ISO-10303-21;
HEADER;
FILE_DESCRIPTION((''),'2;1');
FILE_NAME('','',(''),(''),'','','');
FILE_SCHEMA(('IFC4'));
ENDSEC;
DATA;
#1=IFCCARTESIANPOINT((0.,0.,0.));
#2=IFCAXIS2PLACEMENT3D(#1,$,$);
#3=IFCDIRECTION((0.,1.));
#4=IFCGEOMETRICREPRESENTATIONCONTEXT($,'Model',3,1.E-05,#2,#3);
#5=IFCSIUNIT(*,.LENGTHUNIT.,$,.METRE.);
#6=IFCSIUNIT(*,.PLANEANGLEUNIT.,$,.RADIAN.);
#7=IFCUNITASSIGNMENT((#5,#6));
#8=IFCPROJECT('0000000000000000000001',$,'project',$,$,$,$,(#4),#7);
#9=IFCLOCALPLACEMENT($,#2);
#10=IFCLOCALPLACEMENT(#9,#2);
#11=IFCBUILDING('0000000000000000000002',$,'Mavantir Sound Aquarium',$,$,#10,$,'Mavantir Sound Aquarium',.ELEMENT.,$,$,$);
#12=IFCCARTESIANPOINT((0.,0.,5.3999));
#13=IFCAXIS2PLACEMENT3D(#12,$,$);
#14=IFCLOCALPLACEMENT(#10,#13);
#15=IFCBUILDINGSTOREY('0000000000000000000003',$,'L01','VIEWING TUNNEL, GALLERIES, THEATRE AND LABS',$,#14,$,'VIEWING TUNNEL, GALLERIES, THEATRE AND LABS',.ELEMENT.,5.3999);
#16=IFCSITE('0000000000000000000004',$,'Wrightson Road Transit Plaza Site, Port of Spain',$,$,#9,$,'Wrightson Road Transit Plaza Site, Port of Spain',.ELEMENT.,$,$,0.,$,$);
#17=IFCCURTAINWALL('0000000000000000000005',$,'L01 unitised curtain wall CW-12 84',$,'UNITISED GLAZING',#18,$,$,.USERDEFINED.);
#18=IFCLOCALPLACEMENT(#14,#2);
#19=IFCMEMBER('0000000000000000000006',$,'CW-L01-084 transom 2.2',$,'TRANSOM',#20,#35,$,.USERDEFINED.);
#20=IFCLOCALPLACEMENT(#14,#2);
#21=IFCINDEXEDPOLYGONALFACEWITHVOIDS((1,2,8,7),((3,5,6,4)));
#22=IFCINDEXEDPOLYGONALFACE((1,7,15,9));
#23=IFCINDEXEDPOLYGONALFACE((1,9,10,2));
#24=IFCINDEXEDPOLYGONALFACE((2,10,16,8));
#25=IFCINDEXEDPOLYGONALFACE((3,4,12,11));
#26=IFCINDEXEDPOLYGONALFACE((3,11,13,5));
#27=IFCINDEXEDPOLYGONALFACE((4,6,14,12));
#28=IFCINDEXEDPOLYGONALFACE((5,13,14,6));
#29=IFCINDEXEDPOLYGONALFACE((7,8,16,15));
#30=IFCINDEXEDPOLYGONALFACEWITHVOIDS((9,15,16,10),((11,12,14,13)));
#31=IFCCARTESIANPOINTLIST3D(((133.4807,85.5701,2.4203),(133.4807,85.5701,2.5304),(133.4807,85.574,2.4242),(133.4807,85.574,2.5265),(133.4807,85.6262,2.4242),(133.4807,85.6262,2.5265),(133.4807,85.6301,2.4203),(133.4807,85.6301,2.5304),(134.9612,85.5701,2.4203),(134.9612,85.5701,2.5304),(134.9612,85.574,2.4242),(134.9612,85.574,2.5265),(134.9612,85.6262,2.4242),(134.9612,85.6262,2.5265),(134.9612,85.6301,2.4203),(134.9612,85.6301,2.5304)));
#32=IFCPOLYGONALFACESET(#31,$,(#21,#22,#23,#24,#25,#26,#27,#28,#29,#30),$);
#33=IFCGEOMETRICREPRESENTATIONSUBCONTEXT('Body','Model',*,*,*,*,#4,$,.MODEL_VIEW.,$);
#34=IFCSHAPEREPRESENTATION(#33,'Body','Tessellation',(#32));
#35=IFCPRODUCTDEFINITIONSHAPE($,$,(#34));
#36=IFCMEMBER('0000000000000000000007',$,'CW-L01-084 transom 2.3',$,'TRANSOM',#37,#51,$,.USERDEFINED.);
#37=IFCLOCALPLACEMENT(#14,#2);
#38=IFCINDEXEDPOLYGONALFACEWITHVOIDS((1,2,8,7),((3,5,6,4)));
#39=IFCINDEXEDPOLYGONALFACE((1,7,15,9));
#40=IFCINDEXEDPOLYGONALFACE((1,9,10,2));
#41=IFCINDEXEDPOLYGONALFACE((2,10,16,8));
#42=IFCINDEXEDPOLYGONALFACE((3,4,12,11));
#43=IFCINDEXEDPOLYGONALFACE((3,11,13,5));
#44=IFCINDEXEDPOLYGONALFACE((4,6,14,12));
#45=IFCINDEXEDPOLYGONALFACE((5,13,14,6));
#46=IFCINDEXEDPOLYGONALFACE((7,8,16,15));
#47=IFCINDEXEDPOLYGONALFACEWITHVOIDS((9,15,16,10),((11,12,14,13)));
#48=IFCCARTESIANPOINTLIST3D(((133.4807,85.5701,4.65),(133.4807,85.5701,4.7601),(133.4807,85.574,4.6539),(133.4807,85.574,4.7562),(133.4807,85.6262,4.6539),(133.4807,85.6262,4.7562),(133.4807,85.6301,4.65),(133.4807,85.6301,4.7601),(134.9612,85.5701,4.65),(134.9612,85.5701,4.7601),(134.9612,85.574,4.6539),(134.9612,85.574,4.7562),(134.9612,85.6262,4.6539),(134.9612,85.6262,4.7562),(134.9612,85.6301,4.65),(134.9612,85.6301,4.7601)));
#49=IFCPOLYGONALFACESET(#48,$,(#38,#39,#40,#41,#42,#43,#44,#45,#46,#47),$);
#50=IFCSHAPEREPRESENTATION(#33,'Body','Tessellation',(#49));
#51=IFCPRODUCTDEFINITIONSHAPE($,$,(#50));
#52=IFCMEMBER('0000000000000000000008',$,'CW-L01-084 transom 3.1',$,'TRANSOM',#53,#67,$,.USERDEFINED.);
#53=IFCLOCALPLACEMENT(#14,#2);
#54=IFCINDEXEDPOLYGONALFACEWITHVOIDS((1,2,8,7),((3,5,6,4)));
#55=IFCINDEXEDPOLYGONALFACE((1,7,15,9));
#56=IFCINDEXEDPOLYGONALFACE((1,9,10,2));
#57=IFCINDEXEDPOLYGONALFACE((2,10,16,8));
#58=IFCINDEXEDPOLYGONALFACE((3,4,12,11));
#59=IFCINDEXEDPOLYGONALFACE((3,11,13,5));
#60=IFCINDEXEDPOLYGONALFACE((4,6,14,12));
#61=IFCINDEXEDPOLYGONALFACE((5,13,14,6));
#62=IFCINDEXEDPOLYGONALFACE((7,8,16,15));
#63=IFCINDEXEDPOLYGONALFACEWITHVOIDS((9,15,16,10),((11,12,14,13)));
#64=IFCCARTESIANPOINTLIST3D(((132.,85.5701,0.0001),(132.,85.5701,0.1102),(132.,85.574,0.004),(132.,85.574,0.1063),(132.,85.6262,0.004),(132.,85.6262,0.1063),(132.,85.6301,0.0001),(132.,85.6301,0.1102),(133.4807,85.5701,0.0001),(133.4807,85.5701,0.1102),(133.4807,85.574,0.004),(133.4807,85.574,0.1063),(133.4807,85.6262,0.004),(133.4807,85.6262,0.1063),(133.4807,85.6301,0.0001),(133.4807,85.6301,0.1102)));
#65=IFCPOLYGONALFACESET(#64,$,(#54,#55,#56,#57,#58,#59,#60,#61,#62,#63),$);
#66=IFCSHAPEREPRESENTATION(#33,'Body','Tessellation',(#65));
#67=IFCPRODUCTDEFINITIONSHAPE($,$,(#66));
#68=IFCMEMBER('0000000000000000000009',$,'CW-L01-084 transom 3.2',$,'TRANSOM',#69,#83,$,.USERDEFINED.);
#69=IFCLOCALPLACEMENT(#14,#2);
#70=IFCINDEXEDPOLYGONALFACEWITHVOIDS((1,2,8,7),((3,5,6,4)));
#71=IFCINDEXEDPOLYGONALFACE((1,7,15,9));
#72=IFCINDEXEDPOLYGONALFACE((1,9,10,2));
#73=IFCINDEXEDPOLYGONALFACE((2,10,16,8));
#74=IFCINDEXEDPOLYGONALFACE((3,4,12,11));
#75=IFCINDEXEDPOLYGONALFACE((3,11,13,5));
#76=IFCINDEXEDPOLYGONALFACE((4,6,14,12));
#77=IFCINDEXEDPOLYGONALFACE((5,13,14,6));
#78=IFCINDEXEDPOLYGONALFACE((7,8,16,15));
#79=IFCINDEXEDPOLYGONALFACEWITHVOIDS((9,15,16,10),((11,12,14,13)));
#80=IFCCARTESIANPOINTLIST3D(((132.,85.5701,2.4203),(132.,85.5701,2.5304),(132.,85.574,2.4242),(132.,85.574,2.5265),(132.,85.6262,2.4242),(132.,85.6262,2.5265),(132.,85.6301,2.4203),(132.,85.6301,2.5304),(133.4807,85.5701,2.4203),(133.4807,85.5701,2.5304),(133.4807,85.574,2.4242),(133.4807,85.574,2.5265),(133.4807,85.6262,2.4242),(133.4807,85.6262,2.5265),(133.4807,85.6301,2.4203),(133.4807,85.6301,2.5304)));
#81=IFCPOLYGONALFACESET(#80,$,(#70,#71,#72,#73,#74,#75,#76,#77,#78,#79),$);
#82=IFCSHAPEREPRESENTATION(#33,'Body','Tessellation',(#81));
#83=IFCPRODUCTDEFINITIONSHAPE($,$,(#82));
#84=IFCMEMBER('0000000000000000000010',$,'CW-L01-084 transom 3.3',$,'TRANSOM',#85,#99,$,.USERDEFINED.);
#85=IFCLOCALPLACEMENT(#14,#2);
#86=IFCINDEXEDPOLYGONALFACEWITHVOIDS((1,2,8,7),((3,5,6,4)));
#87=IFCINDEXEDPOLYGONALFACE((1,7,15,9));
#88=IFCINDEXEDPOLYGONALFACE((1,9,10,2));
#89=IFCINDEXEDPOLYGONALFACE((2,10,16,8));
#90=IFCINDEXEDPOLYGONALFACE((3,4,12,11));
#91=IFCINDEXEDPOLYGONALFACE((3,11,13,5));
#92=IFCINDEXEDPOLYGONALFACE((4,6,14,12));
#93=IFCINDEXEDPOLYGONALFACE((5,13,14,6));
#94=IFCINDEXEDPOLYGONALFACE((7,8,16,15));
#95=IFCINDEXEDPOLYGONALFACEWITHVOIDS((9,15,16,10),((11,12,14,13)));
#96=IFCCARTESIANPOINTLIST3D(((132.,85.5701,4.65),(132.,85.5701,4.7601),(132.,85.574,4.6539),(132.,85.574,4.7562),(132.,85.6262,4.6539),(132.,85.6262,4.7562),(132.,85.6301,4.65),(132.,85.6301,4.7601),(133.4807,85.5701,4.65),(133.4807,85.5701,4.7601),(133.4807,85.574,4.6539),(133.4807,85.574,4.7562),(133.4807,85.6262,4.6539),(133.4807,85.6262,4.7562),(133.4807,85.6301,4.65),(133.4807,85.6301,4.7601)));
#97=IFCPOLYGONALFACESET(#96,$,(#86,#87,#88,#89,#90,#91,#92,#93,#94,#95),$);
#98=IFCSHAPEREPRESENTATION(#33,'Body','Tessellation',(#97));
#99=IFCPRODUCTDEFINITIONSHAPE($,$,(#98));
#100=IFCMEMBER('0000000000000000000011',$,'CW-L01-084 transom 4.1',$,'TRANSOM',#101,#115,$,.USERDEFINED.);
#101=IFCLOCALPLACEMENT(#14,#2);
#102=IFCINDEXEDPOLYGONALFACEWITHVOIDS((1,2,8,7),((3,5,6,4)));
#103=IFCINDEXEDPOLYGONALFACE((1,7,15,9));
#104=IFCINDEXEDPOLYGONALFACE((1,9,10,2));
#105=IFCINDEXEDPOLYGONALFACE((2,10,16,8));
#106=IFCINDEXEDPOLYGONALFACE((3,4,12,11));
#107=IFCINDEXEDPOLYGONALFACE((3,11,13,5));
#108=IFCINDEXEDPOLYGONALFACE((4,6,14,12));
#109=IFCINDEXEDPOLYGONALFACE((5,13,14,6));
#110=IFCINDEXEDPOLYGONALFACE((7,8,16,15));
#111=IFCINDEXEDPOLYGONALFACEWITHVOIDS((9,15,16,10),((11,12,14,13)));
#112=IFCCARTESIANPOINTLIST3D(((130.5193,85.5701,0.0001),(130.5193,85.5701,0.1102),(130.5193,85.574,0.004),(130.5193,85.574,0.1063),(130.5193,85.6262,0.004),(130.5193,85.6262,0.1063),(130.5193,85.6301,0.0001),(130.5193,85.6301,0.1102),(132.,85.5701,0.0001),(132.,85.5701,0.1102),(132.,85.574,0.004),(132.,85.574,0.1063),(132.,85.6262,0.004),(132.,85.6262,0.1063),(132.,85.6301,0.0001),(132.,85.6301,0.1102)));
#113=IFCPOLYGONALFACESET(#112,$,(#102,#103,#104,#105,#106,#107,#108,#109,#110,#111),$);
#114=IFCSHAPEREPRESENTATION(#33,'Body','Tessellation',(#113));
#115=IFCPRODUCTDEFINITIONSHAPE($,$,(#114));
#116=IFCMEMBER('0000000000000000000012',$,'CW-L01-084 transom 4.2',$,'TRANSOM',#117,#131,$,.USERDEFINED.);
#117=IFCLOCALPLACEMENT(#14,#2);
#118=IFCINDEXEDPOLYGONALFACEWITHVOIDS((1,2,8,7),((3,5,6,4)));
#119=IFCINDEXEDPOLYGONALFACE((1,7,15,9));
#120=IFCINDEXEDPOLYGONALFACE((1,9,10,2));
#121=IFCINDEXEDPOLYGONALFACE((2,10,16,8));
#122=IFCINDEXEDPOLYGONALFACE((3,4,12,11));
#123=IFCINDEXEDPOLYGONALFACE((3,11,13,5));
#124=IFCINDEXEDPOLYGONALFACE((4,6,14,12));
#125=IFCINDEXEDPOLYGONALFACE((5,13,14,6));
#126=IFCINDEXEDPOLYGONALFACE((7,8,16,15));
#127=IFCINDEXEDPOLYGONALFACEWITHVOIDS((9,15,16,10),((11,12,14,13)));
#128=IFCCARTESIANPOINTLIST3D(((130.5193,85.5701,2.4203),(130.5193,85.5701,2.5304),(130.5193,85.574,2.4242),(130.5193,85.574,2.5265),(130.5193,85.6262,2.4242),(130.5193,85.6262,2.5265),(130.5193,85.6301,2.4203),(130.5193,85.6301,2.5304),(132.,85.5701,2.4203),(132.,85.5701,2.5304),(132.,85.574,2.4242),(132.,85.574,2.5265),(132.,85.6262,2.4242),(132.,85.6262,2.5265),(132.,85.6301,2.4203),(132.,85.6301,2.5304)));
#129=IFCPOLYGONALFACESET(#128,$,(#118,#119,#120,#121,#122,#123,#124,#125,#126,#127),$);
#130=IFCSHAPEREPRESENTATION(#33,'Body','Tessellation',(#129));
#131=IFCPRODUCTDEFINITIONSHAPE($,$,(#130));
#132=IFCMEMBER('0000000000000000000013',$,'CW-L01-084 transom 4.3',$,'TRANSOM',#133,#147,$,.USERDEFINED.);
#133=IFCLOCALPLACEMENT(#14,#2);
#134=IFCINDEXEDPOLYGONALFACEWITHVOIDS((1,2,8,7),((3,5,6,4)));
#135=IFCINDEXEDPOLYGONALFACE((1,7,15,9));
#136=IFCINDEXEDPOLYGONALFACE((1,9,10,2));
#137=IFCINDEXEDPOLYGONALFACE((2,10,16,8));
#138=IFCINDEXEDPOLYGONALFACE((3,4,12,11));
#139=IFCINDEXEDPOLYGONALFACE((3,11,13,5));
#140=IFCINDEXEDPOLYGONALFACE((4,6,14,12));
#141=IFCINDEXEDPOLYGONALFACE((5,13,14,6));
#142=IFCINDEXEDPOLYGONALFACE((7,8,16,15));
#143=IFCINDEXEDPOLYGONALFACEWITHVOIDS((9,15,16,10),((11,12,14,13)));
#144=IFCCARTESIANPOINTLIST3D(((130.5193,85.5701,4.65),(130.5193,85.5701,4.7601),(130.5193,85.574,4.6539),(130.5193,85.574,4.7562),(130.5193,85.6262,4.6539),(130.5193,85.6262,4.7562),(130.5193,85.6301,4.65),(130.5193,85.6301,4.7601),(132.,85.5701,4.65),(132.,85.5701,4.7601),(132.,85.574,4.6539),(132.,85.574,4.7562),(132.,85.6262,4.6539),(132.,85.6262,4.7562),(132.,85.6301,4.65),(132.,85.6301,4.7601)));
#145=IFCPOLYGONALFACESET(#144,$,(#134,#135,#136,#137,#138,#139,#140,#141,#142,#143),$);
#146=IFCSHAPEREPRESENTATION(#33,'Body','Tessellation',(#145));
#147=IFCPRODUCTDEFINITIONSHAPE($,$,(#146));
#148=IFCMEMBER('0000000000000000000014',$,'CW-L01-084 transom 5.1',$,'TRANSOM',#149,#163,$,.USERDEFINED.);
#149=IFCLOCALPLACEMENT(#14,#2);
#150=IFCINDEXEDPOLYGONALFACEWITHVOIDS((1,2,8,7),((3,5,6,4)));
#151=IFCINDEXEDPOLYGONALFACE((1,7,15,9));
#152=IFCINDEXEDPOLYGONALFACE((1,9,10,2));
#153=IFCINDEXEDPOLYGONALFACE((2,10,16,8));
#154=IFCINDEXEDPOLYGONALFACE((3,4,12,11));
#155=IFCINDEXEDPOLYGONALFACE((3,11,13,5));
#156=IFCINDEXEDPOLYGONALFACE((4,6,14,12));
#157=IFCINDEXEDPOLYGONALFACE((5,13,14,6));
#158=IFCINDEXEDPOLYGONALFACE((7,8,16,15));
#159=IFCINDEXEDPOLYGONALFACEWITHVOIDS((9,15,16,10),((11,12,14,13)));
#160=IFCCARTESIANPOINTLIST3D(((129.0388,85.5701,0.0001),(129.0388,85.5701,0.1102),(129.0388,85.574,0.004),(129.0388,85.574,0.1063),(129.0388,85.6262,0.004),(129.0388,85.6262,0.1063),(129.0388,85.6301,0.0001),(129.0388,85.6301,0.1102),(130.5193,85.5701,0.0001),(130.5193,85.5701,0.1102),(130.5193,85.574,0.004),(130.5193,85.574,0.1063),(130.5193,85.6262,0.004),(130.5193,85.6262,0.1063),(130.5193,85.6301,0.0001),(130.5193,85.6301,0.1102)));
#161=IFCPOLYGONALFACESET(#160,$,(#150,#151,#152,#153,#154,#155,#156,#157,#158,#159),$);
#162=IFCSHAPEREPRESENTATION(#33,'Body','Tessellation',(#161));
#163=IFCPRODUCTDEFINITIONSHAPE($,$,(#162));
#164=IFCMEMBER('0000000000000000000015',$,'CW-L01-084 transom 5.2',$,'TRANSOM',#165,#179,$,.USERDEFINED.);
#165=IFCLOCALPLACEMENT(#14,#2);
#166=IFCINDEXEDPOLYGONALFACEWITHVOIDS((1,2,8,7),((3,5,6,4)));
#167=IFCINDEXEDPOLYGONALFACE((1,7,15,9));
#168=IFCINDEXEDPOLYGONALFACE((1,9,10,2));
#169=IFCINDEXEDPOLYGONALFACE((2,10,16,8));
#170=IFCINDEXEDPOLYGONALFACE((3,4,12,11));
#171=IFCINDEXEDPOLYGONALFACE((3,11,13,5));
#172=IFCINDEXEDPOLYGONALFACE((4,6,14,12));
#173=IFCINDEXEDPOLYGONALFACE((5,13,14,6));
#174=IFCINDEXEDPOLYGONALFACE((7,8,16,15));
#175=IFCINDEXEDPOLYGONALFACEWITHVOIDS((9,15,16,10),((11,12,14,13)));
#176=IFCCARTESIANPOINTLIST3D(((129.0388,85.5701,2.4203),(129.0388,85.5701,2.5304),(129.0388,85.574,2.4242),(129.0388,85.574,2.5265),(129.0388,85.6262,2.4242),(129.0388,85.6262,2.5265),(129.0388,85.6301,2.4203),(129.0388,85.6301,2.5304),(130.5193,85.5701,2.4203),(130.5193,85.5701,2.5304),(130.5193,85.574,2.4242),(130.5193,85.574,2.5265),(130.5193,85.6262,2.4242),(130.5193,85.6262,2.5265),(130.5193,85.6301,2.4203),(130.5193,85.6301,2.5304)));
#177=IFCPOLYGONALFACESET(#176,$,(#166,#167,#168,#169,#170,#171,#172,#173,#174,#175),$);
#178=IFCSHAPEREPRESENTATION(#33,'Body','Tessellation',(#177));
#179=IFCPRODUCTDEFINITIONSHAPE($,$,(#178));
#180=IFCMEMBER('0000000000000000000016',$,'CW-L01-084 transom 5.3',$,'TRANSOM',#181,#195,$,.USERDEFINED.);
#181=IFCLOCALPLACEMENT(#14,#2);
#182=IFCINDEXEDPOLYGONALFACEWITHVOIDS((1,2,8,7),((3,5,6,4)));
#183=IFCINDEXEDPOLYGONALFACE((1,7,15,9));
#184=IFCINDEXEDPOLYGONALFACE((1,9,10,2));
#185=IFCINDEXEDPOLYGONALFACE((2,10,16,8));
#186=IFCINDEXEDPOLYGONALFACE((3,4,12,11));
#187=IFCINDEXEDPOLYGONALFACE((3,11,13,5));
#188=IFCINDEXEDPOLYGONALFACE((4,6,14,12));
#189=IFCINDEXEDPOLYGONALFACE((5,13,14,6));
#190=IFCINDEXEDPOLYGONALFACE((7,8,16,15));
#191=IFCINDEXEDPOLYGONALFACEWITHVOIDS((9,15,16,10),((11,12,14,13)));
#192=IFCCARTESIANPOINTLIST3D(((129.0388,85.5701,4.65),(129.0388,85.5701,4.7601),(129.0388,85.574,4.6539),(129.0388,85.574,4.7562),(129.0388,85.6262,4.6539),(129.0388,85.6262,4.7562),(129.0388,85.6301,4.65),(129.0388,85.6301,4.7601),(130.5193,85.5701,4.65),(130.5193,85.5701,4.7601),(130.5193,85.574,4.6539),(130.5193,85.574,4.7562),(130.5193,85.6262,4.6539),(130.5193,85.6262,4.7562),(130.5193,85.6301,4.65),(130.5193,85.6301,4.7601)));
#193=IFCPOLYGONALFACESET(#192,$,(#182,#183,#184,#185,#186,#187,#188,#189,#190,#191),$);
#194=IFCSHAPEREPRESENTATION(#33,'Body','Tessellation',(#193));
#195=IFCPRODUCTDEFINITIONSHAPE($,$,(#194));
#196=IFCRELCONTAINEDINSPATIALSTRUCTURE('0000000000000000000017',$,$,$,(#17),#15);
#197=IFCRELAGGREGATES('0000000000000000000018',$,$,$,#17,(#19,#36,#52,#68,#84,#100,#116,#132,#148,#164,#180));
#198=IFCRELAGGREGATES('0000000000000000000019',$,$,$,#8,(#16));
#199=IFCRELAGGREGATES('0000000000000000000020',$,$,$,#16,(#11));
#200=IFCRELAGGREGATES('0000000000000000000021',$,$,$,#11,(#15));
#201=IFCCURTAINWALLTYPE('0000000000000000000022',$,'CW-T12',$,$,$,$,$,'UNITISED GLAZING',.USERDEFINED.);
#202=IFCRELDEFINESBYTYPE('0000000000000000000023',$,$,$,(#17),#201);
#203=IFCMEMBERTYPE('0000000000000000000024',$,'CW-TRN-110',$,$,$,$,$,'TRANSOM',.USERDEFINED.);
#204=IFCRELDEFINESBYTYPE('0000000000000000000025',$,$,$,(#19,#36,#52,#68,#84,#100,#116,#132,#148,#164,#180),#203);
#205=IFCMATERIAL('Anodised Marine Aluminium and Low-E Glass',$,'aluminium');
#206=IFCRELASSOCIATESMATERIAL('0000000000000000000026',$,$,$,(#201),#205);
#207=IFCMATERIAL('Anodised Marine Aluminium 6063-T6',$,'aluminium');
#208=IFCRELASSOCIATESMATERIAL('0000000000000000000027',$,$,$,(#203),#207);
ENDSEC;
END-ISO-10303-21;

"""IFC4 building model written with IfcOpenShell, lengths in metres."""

from ifc_helpers import new_model, si_unit, direction, frame, origin, origin_2d, place, context, subcontext, project, spatial, hollow_rectangle, extrude, material, material_profile, profile_set, type_object, element, aggregate, save


model = new_model("IFC4")

# Units and contexts
model_context = context("Model", 3, precision=1e-05, world=origin(), true_north=direction((0.0, 1.0)))
body_context = subcontext(model_context, "Body", "Model", "MODEL_VIEW")
ifc_project = project(units=[si_unit("LENGTHUNIT", "METRE"), si_unit("PLANEANGLEUNIT", "RADIAN")], contexts=[model_context])

# Site, building, storey
site_placement = place(None, origin())
site = spatial("IfcSite", under=ifc_project, at=site_placement, Name="Wrightson Road Transit Plaza Site, Port of Spain", LongName="Wrightson Road Transit Plaza Site, Port of Spain", CompositionType="ELEMENT", RefElevation=0.0)
building_placement = place(site_placement, origin())
building = spatial("IfcBuilding", under=site, at=building_placement, Name="Mavantir Sound Aquarium", LongName="Mavantir Sound Aquarium", CompositionType="ELEMENT")
storey_placement = place(building_placement, frame((0.0, 0.0, 5.3999)))
storey = spatial("IfcBuildingStorey", under=building, at=storey_placement, Name="L01", Description="VIEWING TUNNEL, GALLERIES, THEATRE AND LABS", LongName="VIEWING TUNNEL, GALLERIES, THEATRE AND LABS", CompositionType="ELEMENT", Elevation=5.3999)

# Shared definitions
ifc_material_1 = material(Name="Anodised Marine Aluminium and Low-E Glass", Category="aluminium")
ifc_material_2 = material(Name="Anodised Marine Aluminium 6063-T6", Category="aluminium")

# Curtain wall, members
curtain_wall_type_1 = type_object("IfcCurtainWallType", Name="CW-T12", ElementType="UNITISED GLAZING", PredefinedType="USERDEFINED", material=ifc_material_1)
curtain_wall_1_placement = place(storey_placement, origin())
curtain_wall_1 = element("IfcCurtainWall", 1, at=curtain_wall_1_placement, inside=storey, type_object=curtain_wall_type_1, Name="L01 unitised curtain wall CW-12 84", ObjectType="UNITISED GLAZING", PredefinedType="USERDEFINED")
ifc_material_profile_1 = material_profile(ifc_material_2, hollow_rectangle(XDim=0.0601, YDim=0.1101, WallThickness=0.0039, at=origin_2d()), Name="ALU-TRANSOM-110X60")
ifc_profile_set_1 = profile_set([ifc_material_profile_1], Name="Anodised Marine Aluminium 6063-T6")
member_type_1 = type_object("IfcMemberType", Name="CW-TRN-110", ElementType="TRANSOM", PredefinedType="USERDEFINED", material=ifc_profile_set_1)
member_1_placement = place(storey_placement, frame((134.9612, 85.6001, 2.4753), z_axis=(-1.0, 0.0, 0.0), x_axis=(0.0, -1.0, 0.0)))
member_1 = element("IfcMember", 2, at=member_1_placement, type_object=member_type_1, Name="CW-L01-084 transom 2.2", ObjectType="TRANSOM", PredefinedType="USERDEFINED", context=body_context, shape_type="SweptSolid", body=[
    extrude(hollow_rectangle(XDim=0.0601, YDim=0.1101, WallThickness=0.0039, at=origin_2d()), origin(), (0.0, 0.0, 1.0), 1.4805),
])
member_2_placement = place(storey_placement, frame((134.9612, 85.6001, 4.7051), z_axis=(-1.0, 0.0, 0.0), x_axis=(0.0, -1.0, 0.0)))
member_2 = element("IfcMember", 3, at=member_2_placement, type_object=member_type_1, Name="CW-L01-084 transom 2.3", ObjectType="TRANSOM", PredefinedType="USERDEFINED", context=body_context, shape_type="SweptSolid", body=[
    extrude(hollow_rectangle(XDim=0.0601, YDim=0.1101, WallThickness=0.0039, at=origin_2d()), origin(), (0.0, 0.0, 1.0), 1.4805),
])
member_3_placement = place(storey_placement, frame((133.4807, 85.6001, 0.0552), z_axis=(-1.0, 0.0, 0.0), x_axis=(0.0, -1.0, 0.0)))
member_3 = element("IfcMember", 4, at=member_3_placement, type_object=member_type_1, Name="CW-L01-084 transom 3.1", ObjectType="TRANSOM", PredefinedType="USERDEFINED", context=body_context, shape_type="SweptSolid", body=[
    extrude(hollow_rectangle(XDim=0.0601, YDim=0.1101, WallThickness=0.0039, at=origin_2d()), origin(), (0.0, 0.0, 1.0), 1.4807),
])
member_4_placement = place(storey_placement, frame((133.4807, 85.6001, 2.4753), z_axis=(-1.0, 0.0, 0.0), x_axis=(0.0, -1.0, 0.0)))
member_4 = element("IfcMember", 5, at=member_4_placement, type_object=member_type_1, Name="CW-L01-084 transom 3.2", ObjectType="TRANSOM", PredefinedType="USERDEFINED", context=body_context, shape_type="SweptSolid", body=[
    extrude(hollow_rectangle(XDim=0.0601, YDim=0.1101, WallThickness=0.0039, at=origin_2d()), origin(), (0.0, 0.0, 1.0), 1.4807),
])
member_5_placement = place(storey_placement, frame((133.4807, 85.6001, 4.7051), z_axis=(-1.0, 0.0, 0.0), x_axis=(0.0, -1.0, 0.0)))
member_5 = element("IfcMember", 6, at=member_5_placement, type_object=member_type_1, Name="CW-L01-084 transom 3.3", ObjectType="TRANSOM", PredefinedType="USERDEFINED", context=body_context, shape_type="SweptSolid", body=[
    extrude(hollow_rectangle(XDim=0.0601, YDim=0.1101, WallThickness=0.0039, at=origin_2d()), origin(), (0.0, 0.0, 1.0), 1.4807),
])
member_6_placement = place(storey_placement, frame((132.0, 85.6001, 0.0552), z_axis=(-1.0, 0.0, 0.0), x_axis=(0.0, -1.0, 0.0)))
member_6 = element("IfcMember", 7, at=member_6_placement, type_object=member_type_1, Name="CW-L01-084 transom 4.1", ObjectType="TRANSOM", PredefinedType="USERDEFINED", context=body_context, shape_type="SweptSolid", body=[
    extrude(hollow_rectangle(XDim=0.0601, YDim=0.1101, WallThickness=0.0039, at=origin_2d()), origin(), (0.0, 0.0, 1.0), 1.4807),
])
member_7_placement = place(storey_placement, frame((132.0, 85.6001, 2.4753), z_axis=(-1.0, 0.0, 0.0), x_axis=(0.0, -1.0, 0.0)))
member_7 = element("IfcMember", 8, at=member_7_placement, type_object=member_type_1, Name="CW-L01-084 transom 4.2", ObjectType="TRANSOM", PredefinedType="USERDEFINED", context=body_context, shape_type="SweptSolid", body=[
    extrude(hollow_rectangle(XDim=0.0601, YDim=0.1101, WallThickness=0.0039, at=origin_2d()), origin(), (0.0, 0.0, 1.0), 1.4807),
])
member_8_placement = place(storey_placement, frame((132.0, 85.6001, 4.7051), z_axis=(-1.0, 0.0, 0.0), x_axis=(0.0, -1.0, 0.0)))
member_8 = element("IfcMember", 9, at=member_8_placement, type_object=member_type_1, Name="CW-L01-084 transom 4.3", ObjectType="TRANSOM", PredefinedType="USERDEFINED", context=body_context, shape_type="SweptSolid", body=[
    extrude(hollow_rectangle(XDim=0.0601, YDim=0.1101, WallThickness=0.0039, at=origin_2d()), origin(), (0.0, 0.0, 1.0), 1.4807),
])
member_9_placement = place(storey_placement, frame((130.5193, 85.6001, 0.0552), z_axis=(-1.0, 0.0, 0.0), x_axis=(0.0, -1.0, 0.0)))
member_9 = element("IfcMember", 10, at=member_9_placement, type_object=member_type_1, Name="CW-L01-084 transom 5.1", ObjectType="TRANSOM", PredefinedType="USERDEFINED", context=body_context, shape_type="SweptSolid", body=[
    extrude(hollow_rectangle(XDim=0.0601, YDim=0.1101, WallThickness=0.0039, at=origin_2d()), origin(), (0.0, 0.0, 1.0), 1.4805),
])
member_10_placement = place(storey_placement, frame((130.5193, 85.6001, 2.4753), z_axis=(-1.0, 0.0, 0.0), x_axis=(0.0, -1.0, 0.0)))
member_10 = element("IfcMember", 11, at=member_10_placement, type_object=member_type_1, Name="CW-L01-084 transom 5.2", ObjectType="TRANSOM", PredefinedType="USERDEFINED", context=body_context, shape_type="SweptSolid", body=[
    extrude(hollow_rectangle(XDim=0.0601, YDim=0.1101, WallThickness=0.0039, at=origin_2d()), origin(), (0.0, 0.0, 1.0), 1.4805),
])
member_11_placement = place(storey_placement, frame((130.5193, 85.6001, 4.7051), z_axis=(-1.0, 0.0, 0.0), x_axis=(0.0, -1.0, 0.0)))
member_11 = element("IfcMember", 12, at=member_11_placement, type_object=member_type_1, Name="CW-L01-084 transom 5.3", ObjectType="TRANSOM", PredefinedType="USERDEFINED", context=body_context, shape_type="SweptSolid", body=[
    extrude(hollow_rectangle(XDim=0.0601, YDim=0.1101, WallThickness=0.0039, at=origin_2d()), origin(), (0.0, 0.0, 1.0), 1.4805),
])

aggregate(curtain_wall_1, [member_1, member_2, member_3, member_4, member_5, member_6, member_7, member_8, member_9, member_10, member_11])

save(model, "model.ifc")
